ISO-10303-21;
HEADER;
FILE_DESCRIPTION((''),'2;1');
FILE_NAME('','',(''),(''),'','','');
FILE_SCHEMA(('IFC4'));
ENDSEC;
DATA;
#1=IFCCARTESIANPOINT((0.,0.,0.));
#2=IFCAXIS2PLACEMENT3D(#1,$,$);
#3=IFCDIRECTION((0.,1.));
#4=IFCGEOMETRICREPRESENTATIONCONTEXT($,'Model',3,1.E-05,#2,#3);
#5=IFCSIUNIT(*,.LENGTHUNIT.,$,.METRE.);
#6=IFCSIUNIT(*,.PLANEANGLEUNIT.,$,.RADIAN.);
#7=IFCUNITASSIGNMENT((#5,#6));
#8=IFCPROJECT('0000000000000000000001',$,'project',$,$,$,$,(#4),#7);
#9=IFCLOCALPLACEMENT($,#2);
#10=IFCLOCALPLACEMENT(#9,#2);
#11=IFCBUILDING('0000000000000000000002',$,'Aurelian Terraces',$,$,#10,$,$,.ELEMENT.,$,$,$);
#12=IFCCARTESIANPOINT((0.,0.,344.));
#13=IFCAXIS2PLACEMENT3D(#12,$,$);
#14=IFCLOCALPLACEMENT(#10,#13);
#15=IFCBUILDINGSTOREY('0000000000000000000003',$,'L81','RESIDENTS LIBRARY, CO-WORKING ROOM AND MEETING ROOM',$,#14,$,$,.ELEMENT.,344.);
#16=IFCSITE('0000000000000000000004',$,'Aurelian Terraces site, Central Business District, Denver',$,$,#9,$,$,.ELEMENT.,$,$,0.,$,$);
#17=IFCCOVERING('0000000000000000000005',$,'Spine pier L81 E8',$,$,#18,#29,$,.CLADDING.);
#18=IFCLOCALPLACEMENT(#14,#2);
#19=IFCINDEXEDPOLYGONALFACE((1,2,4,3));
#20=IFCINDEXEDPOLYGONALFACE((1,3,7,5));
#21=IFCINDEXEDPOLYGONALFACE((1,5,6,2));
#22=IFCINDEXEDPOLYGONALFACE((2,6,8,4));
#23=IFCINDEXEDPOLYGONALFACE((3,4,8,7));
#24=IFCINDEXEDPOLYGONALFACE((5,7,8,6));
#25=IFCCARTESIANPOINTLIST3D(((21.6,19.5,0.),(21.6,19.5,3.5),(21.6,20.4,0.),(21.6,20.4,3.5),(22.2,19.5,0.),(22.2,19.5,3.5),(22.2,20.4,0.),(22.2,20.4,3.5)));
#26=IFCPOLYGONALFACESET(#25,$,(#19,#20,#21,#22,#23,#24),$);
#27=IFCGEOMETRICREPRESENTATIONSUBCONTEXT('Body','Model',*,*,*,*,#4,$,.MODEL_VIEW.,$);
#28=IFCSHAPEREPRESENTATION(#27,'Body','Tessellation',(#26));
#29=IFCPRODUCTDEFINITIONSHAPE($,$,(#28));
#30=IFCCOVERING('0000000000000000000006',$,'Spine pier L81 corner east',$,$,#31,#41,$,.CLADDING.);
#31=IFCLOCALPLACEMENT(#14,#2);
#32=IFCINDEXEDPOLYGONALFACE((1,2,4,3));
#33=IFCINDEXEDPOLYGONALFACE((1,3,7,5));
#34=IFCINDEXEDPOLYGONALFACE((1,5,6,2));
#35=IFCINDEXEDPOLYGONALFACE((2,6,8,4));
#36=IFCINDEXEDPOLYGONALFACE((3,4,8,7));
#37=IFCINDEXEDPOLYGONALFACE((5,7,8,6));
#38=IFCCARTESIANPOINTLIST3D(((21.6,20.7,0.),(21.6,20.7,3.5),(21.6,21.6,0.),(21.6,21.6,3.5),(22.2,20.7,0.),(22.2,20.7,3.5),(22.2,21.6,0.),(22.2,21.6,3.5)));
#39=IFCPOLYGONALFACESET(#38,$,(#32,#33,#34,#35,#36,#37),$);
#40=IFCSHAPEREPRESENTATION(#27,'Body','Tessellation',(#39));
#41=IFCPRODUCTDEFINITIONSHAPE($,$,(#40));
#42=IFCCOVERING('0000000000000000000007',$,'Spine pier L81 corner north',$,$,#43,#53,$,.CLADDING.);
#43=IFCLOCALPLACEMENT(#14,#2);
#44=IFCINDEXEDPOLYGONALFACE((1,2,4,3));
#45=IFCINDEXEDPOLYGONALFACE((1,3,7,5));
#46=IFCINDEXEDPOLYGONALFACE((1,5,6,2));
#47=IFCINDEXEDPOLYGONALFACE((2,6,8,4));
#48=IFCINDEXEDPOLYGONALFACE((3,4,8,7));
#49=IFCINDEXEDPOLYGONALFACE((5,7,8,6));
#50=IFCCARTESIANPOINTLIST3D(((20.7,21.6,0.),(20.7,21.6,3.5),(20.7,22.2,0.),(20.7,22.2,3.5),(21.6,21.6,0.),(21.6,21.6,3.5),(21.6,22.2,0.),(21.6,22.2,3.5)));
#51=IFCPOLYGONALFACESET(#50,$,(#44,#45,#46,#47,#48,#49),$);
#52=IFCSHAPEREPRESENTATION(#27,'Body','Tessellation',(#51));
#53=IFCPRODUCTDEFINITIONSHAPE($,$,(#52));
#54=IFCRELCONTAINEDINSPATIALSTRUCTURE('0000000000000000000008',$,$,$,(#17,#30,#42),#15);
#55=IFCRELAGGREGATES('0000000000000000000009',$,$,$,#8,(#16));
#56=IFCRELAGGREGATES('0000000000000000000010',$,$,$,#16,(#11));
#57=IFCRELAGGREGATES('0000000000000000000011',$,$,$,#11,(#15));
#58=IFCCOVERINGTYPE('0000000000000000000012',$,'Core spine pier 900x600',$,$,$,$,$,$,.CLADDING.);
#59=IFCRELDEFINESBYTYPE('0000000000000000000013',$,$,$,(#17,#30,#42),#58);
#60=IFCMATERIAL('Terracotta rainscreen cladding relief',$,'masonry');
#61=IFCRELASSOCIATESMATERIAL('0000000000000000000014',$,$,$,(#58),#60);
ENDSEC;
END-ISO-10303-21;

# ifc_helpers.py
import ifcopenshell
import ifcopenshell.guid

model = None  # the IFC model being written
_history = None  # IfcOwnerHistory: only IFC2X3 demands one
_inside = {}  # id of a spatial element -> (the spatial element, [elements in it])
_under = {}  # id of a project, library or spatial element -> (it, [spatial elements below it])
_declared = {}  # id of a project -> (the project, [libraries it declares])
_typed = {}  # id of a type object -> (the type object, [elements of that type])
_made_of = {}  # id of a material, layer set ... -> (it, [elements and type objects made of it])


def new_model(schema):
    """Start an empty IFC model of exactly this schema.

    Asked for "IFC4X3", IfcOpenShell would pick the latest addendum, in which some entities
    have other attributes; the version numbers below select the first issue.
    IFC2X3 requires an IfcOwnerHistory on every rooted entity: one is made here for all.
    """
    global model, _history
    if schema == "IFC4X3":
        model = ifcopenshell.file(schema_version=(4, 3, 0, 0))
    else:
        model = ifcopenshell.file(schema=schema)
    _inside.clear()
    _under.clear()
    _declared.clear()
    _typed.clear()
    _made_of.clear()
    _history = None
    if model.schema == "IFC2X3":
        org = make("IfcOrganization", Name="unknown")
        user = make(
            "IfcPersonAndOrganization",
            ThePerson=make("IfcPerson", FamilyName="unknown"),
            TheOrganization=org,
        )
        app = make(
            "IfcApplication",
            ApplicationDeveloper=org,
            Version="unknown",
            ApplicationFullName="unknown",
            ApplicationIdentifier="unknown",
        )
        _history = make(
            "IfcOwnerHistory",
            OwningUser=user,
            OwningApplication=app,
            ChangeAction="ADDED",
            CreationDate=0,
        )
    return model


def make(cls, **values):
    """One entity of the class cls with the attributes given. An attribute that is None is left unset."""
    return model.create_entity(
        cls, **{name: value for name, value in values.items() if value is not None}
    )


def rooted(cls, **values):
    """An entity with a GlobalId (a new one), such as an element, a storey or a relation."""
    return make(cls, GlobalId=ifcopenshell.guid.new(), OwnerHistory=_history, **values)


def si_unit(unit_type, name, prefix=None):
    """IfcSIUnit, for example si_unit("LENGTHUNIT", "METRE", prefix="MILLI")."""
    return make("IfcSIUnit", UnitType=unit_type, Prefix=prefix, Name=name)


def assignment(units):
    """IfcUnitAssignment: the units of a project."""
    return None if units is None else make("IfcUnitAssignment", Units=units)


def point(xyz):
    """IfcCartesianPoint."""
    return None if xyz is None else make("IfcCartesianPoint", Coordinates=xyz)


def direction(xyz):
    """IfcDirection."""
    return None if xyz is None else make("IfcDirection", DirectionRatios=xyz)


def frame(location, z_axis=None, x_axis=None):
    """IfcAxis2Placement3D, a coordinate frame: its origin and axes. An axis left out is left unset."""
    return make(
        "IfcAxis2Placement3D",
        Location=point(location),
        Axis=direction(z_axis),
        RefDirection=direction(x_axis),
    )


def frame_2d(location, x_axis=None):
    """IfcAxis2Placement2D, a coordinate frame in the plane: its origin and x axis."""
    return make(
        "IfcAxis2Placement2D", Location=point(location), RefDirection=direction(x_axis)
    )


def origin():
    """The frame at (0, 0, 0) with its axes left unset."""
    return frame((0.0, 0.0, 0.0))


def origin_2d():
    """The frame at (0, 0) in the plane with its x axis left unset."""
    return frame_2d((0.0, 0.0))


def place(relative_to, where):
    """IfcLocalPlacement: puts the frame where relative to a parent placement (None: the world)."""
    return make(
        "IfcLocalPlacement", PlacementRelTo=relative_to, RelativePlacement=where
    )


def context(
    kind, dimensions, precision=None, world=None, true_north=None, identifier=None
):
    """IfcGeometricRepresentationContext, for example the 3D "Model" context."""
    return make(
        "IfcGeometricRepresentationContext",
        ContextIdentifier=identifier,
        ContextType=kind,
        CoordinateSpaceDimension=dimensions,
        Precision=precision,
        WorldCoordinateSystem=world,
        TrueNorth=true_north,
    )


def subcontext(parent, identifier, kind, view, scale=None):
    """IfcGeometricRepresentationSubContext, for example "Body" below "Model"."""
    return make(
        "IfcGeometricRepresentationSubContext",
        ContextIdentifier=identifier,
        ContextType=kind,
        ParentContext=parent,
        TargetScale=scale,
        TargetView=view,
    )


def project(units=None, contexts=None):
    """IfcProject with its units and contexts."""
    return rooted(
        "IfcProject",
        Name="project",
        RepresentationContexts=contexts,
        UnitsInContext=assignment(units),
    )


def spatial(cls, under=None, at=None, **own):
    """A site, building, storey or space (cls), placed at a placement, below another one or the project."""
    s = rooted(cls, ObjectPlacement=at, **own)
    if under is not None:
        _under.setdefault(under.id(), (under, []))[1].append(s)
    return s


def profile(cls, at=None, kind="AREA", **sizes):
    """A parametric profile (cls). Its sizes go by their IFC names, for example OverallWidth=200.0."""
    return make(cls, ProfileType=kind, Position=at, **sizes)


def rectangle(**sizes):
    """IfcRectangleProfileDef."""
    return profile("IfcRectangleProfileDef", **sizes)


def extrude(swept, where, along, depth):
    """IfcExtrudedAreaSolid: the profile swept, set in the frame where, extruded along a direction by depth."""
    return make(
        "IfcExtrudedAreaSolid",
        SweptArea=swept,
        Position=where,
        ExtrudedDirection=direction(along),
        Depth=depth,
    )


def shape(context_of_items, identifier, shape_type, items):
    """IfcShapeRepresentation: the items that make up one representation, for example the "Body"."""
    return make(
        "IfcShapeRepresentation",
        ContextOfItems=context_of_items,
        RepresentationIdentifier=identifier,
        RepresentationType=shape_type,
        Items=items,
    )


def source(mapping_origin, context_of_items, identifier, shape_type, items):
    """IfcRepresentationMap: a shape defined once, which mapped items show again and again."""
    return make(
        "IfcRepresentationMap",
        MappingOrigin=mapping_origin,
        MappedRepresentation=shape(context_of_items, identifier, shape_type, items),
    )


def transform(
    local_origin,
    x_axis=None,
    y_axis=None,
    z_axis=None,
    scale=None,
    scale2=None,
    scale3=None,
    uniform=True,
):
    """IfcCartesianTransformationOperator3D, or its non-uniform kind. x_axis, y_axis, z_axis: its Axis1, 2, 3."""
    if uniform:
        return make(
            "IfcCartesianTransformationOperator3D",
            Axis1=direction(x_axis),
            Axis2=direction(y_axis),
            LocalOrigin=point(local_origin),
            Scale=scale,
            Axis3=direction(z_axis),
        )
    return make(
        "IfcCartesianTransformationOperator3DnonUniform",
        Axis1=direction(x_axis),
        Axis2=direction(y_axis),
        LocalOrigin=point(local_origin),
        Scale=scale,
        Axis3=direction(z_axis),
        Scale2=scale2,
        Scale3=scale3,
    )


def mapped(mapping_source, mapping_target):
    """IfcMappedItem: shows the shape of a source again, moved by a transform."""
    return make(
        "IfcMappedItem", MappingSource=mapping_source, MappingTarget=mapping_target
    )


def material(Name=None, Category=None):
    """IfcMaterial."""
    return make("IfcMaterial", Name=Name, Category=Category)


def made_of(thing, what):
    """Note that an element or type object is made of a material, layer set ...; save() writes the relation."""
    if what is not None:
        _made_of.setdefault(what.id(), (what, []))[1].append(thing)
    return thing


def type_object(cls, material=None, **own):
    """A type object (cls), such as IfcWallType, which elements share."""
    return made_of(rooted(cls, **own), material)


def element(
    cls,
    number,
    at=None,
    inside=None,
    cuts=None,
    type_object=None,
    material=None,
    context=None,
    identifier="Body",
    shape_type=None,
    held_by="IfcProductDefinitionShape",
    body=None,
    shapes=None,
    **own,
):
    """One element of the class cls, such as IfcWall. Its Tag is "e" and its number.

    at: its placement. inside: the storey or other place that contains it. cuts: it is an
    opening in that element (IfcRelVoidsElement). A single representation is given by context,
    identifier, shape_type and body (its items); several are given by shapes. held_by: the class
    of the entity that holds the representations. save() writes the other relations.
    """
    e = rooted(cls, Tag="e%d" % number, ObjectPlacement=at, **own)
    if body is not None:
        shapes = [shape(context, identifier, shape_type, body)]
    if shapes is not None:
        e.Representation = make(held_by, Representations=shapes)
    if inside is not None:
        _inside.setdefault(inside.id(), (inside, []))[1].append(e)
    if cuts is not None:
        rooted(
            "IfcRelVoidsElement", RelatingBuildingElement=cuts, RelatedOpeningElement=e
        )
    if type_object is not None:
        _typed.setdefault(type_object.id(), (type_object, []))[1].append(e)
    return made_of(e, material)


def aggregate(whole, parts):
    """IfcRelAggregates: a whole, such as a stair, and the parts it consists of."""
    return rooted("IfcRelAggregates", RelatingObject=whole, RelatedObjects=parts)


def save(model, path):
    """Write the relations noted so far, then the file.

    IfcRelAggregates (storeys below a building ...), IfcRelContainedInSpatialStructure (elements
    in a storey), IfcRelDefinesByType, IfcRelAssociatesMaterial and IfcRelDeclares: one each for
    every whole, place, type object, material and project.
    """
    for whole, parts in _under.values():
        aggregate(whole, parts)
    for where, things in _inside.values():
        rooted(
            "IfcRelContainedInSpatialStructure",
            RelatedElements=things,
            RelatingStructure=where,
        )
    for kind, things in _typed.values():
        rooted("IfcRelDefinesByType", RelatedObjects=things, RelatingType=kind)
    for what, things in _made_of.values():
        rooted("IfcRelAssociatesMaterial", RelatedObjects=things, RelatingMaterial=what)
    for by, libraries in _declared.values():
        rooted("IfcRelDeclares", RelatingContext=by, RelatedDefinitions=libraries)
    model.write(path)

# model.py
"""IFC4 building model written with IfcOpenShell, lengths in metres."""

from ifc_helpers import new_model, si_unit, direction, frame, origin, origin_2d, place, context, subcontext, project, spatial, rectangle, extrude, source, transform, mapped, material, type_object, element, save


model = new_model("IFC4")

# Units and contexts
model_context = context("Model", 3, precision=1e-05, world=origin(), true_north=direction((0.0, 1.0)))
body_context = subcontext(model_context, "Body", "Model", "MODEL_VIEW")
ifc_project = project(units=[si_unit("LENGTHUNIT", "METRE"), si_unit("PLANEANGLEUNIT", "RADIAN")], contexts=[model_context])

# Site, building, storey
site_placement = place(None, origin())
site = spatial("IfcSite", under=ifc_project, at=site_placement, Name="Aurelian Terraces site, Central Business District, Denver", CompositionType="ELEMENT", RefElevation=0.0)
building_placement = place(site_placement, origin())
building = spatial("IfcBuilding", under=site, at=building_placement, Name="Aurelian Terraces", CompositionType="ELEMENT")
storey_placement = place(building_placement, frame((0.0, 0.0, 344.0)))
storey = spatial("IfcBuildingStorey", under=building, at=storey_placement, Name="L81", Description="RESIDENTS LIBRARY, CO-WORKING ROOM AND MEETING ROOM", CompositionType="ELEMENT", Elevation=344.0)

# Coverings
ifc_material_1 = material(Name="Terracotta rainscreen cladding relief", Category="masonry")
covering_type_1 = type_object("IfcCoveringType", Name="Core spine pier 900x600", PredefinedType="CLADDING", material=ifc_material_1)
shared_shape_1 = source(origin(), body_context, "Body", "SweptSolid", [
    extrude(rectangle(XDim=0.6, YDim=0.9, at=origin_2d()), origin(), (0.0, 0.0, 1.0), 3.5),
])
for number, where, z_axis, x_axis, name in (
    (1, (21.9, 19.95, 0.0), (0.0, 0.0, 1.0), (1.0, 0.0, 0.0), "Spine pier L81 E8"),
    (2, (21.9, 21.15, 0.0), (0.0, 0.0, 1.0), (1.0, 0.0, 0.0), "Spine pier L81 corner east"),
):
    element("IfcCovering", number, at=place(storey_placement, frame(where, z_axis=z_axis, x_axis=x_axis)), inside=storey, type_object=covering_type_1, Name=name, PredefinedType="CLADDING", context=body_context, shape_type="MappedRepresentation", body=[
        mapped(shared_shape_1, transform((0.0, 0.0, 0.0), scale=1.0)),
    ])
shared_shape_2 = source(origin(), body_context, "Body", "SweptSolid", [
    extrude(rectangle(XDim=0.9, YDim=0.6, at=origin_2d()), origin(), (0.0, 0.0, 1.0), 3.5),
])
covering_1_placement = place(storey_placement, frame((21.15, 21.9, 0.0), z_axis=(0.0, 0.0, 1.0), x_axis=(1.0, 0.0, 0.0)))
element("IfcCovering", 3, at=covering_1_placement, inside=storey, type_object=covering_type_1, Name="Spine pier L81 corner north", PredefinedType="CLADDING", context=body_context, shape_type="MappedRepresentation", body=[
    mapped(shared_shape_2, transform((0.0, 0.0, 0.0), scale=1.0)),
])

save(model, "model.ifc")
